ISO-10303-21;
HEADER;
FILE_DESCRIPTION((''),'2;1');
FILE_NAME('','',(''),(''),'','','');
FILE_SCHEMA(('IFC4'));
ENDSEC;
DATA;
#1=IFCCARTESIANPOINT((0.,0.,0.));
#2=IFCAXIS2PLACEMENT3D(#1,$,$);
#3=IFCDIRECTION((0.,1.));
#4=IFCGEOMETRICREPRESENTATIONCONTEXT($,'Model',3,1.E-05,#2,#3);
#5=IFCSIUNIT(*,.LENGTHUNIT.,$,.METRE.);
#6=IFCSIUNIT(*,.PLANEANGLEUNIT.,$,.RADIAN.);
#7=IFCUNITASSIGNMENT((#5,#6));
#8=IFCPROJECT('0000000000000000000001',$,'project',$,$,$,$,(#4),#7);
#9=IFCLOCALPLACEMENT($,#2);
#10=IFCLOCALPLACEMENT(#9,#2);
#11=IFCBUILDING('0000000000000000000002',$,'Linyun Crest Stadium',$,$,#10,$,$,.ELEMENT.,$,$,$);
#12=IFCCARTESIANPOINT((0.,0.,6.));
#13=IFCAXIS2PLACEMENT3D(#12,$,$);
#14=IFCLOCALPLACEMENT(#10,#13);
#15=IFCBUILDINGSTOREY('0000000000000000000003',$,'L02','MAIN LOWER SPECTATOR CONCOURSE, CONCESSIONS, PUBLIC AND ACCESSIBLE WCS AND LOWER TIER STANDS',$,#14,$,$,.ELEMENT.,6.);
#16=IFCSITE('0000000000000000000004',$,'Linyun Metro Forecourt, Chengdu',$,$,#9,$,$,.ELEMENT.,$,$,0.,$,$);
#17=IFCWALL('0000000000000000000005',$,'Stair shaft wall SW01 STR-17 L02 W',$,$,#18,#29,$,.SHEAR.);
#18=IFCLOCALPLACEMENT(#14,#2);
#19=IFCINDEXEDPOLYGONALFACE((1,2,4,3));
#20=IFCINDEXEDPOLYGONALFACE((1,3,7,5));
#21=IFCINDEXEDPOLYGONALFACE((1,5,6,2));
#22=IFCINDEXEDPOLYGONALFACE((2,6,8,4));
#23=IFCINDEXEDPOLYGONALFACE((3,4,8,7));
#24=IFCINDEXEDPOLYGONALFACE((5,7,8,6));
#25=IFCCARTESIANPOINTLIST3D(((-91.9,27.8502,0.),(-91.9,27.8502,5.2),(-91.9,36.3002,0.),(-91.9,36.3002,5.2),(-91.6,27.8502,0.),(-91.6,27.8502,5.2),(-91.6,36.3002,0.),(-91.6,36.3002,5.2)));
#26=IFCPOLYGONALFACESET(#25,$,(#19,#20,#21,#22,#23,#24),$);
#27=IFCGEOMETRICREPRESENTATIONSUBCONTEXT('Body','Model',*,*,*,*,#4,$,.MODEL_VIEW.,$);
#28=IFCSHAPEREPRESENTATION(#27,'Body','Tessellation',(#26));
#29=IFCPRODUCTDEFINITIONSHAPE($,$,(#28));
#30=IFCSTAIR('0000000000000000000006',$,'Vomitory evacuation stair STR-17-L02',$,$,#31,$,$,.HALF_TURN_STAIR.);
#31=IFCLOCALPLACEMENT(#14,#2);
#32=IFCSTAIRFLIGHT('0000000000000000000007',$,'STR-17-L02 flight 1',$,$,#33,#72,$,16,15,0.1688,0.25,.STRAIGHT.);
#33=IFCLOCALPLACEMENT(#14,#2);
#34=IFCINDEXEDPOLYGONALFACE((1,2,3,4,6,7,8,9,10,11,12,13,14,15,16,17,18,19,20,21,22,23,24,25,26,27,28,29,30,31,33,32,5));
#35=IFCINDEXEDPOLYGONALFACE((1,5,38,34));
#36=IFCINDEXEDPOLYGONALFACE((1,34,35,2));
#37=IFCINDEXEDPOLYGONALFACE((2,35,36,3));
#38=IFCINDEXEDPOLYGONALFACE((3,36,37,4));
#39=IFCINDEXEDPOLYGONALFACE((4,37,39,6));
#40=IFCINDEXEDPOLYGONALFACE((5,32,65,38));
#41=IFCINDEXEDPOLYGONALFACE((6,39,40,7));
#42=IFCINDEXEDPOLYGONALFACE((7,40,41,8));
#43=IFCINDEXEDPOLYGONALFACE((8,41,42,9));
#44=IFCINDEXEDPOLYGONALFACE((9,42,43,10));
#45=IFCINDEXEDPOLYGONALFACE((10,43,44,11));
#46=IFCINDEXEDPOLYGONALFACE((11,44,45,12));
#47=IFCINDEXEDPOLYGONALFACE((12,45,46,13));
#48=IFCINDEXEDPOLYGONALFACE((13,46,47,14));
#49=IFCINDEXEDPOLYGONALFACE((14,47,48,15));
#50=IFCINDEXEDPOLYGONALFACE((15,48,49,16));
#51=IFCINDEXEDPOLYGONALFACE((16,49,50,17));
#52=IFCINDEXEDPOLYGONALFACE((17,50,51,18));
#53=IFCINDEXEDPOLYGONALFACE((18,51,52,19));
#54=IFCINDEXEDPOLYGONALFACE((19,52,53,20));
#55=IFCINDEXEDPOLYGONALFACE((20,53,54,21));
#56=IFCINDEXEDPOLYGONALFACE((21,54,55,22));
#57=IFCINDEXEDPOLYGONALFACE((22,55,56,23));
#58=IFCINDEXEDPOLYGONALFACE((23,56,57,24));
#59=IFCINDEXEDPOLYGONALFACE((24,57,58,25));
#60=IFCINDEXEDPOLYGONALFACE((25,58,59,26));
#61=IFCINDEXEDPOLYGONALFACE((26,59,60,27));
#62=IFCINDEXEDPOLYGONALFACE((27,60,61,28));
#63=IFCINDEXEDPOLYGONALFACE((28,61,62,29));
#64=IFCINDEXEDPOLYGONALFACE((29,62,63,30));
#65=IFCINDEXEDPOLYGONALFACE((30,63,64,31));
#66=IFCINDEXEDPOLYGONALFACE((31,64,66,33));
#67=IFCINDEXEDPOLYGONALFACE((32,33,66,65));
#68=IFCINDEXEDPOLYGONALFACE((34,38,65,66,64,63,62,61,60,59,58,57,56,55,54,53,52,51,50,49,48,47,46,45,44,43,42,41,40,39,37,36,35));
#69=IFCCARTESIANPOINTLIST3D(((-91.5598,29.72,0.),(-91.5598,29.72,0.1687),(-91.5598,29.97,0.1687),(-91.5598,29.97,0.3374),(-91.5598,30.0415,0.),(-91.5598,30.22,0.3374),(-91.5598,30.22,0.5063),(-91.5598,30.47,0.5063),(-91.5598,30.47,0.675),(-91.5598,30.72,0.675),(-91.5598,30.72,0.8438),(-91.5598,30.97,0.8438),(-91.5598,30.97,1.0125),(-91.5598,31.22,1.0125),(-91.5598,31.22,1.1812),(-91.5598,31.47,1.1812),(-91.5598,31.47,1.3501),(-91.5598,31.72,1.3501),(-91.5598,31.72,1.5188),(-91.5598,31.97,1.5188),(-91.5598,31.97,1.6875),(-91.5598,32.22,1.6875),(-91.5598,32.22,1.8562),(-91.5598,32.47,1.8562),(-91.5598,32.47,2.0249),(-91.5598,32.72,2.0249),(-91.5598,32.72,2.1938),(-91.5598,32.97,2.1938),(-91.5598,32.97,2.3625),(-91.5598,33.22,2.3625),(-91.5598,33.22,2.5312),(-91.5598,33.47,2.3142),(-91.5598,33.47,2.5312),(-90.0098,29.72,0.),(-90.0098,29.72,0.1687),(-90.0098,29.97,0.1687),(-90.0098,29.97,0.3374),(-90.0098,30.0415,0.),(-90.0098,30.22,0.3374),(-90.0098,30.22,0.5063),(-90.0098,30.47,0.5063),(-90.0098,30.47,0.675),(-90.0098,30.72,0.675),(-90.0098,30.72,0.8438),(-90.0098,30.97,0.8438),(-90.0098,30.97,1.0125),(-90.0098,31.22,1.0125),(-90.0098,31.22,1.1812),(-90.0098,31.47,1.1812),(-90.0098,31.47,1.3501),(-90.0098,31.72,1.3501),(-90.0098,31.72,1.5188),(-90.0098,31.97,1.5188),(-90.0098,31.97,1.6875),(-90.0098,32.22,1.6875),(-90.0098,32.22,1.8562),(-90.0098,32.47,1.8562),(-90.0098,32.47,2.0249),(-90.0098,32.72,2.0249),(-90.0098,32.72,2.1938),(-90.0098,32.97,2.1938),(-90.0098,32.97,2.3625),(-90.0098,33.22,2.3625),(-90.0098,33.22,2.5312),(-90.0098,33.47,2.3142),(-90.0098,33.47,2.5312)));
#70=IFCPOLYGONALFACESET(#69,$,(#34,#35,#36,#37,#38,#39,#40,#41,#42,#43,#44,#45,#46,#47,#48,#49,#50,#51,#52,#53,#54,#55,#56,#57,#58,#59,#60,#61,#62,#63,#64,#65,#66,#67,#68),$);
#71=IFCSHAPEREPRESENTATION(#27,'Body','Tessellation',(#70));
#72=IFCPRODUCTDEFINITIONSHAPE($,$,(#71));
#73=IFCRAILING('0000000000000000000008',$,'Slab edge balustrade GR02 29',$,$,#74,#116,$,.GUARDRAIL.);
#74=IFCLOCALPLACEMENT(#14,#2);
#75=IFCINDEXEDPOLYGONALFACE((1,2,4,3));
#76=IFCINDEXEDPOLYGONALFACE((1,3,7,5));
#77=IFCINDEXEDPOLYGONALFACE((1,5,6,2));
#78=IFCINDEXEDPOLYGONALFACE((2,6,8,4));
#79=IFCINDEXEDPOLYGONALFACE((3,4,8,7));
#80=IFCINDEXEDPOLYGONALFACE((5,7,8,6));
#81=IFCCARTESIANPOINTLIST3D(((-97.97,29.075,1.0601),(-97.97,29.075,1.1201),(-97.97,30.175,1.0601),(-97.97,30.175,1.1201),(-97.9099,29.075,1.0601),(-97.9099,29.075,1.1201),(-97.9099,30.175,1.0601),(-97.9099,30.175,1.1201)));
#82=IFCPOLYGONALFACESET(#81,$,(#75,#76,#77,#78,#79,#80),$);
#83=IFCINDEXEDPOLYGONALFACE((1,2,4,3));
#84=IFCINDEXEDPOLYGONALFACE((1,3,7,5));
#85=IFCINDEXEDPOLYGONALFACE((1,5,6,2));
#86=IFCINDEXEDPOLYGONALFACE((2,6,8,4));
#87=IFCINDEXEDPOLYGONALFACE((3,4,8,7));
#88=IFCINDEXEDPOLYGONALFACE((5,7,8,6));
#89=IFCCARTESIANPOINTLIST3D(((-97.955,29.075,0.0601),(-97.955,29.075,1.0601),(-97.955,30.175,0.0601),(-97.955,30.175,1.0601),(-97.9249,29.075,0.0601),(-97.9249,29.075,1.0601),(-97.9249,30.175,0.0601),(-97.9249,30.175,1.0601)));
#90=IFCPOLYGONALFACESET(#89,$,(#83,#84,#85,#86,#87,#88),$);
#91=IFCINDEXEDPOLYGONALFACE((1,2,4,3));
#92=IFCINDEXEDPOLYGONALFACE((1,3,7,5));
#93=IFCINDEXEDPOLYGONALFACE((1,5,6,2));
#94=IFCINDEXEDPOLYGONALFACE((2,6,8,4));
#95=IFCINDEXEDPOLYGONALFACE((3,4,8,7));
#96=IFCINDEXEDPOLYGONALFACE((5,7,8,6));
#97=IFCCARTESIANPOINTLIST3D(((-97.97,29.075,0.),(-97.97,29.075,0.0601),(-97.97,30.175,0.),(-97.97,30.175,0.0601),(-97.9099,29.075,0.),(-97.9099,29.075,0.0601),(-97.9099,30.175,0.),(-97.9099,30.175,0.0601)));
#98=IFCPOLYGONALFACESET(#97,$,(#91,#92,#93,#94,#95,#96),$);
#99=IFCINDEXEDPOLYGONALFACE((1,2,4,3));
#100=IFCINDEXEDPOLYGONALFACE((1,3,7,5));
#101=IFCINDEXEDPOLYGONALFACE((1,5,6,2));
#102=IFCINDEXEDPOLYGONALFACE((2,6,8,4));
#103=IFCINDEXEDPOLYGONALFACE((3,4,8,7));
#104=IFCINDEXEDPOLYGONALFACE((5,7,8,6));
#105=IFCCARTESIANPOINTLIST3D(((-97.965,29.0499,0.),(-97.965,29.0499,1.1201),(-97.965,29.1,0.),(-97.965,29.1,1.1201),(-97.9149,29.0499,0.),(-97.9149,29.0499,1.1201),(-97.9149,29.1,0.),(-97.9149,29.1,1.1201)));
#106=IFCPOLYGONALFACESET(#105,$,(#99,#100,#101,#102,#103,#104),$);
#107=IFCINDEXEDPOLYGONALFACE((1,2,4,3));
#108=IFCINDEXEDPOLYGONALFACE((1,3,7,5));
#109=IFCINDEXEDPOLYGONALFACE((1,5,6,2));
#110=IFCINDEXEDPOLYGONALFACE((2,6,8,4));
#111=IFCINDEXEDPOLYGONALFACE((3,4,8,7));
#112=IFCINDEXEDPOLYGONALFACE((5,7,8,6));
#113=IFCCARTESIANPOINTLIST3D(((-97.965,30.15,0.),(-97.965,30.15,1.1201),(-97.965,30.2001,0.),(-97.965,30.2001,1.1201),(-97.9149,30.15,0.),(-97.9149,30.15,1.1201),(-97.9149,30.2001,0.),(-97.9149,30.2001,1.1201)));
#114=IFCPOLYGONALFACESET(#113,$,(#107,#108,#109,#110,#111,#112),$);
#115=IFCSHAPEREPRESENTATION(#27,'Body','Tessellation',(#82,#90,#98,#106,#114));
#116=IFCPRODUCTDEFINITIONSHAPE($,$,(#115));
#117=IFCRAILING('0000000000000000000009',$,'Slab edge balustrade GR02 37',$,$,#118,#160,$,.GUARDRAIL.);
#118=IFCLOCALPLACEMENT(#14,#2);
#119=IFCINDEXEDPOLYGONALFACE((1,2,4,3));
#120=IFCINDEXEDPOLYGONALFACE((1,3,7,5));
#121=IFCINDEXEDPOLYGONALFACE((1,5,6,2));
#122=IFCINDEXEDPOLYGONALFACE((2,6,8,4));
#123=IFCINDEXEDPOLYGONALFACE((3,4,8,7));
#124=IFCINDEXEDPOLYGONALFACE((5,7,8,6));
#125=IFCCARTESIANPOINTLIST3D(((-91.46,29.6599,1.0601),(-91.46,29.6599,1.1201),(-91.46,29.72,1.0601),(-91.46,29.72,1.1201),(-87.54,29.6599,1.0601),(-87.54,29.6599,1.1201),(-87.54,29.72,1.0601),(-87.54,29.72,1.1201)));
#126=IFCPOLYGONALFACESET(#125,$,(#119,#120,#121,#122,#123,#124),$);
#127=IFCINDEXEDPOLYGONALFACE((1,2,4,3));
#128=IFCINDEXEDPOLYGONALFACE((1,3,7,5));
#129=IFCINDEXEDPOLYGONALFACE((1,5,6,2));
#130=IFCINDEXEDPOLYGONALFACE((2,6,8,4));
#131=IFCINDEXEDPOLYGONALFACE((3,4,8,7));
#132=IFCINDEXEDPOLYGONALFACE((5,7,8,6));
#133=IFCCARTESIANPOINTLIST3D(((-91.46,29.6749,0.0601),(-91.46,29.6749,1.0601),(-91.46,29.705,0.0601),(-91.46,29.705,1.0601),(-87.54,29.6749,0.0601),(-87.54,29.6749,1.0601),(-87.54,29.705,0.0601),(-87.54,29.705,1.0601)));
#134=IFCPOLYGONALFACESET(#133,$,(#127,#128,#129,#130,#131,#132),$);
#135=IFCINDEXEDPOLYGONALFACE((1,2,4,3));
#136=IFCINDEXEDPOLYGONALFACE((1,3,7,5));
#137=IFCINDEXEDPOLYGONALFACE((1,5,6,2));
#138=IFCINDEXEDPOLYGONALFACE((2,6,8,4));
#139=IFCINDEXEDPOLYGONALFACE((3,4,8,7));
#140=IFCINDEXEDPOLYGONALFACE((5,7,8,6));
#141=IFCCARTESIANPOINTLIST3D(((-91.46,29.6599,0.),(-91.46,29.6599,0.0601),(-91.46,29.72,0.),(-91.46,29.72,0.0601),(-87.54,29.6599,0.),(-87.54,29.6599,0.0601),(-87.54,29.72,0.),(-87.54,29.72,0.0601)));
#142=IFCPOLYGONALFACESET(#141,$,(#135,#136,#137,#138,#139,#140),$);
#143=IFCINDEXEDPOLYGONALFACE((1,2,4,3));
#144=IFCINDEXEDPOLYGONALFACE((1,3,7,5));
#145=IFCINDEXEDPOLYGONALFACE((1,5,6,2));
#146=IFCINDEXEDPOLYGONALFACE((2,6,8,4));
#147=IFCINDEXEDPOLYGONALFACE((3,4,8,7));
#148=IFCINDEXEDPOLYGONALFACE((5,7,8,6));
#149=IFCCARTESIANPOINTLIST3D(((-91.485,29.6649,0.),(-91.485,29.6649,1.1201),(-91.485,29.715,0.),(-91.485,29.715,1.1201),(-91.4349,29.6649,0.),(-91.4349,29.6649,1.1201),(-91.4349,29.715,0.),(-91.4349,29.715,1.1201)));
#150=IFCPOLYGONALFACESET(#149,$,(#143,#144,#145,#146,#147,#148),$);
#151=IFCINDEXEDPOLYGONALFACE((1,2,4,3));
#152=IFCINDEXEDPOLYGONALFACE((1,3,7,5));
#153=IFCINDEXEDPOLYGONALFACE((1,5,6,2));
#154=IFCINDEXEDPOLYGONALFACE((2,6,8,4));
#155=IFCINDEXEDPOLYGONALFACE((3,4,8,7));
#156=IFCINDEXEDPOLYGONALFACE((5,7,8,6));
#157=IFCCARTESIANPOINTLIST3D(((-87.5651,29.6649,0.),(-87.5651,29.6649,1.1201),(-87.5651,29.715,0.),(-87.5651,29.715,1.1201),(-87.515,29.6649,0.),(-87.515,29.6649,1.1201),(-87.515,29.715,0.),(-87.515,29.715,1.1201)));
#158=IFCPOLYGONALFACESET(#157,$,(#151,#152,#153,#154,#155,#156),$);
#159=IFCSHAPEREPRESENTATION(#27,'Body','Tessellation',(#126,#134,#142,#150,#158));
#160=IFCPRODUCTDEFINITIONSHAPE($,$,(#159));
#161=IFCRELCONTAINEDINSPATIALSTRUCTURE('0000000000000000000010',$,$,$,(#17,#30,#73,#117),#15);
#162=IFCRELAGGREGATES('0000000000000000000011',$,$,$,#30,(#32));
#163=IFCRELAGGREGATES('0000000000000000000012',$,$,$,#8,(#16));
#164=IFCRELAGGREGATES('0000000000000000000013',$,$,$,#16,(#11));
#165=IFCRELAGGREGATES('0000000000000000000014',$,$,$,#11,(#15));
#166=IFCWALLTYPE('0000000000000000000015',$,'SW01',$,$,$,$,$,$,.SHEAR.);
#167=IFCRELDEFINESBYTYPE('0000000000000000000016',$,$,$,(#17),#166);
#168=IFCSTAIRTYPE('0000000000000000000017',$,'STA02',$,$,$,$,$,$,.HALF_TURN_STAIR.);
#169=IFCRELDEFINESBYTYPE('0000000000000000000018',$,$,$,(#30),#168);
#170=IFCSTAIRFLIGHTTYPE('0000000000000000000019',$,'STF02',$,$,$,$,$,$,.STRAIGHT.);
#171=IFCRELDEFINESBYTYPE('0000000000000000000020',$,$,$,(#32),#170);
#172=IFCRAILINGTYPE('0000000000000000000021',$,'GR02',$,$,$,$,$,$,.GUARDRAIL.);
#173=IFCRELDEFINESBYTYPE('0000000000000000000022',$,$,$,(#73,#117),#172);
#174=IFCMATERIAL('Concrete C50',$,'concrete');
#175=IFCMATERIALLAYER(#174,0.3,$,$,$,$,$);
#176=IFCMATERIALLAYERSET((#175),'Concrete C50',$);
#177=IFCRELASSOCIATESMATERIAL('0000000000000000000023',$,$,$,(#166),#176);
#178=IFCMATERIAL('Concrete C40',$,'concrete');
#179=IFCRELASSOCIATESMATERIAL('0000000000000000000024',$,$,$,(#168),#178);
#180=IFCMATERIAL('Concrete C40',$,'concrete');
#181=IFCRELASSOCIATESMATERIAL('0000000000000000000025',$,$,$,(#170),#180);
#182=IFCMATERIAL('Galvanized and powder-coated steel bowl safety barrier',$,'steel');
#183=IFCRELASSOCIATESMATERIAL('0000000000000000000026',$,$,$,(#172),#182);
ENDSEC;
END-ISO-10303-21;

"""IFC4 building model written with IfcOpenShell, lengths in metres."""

from ifc_helpers import new_model, si_unit, direction, frame, frame_2d, origin, origin_2d, place, context, subcontext, project, spatial, polyline, rectangle, outline, extrude, material, layer, layer_set, type_object, element, aggregate, save


model = new_model("IFC4")

# Units and contexts
model_context = context("Model", 3, precision=1e-05, world=origin(), true_north=direction((0.0, 1.0)))
body_context = subcontext(model_context, "Body", "Model", "MODEL_VIEW")
ifc_project = project(units=[si_unit("LENGTHUNIT", "METRE"), si_unit("PLANEANGLEUNIT", "RADIAN")], contexts=[model_context])

# Site, building, storey
site_placement = place(None, origin())
site = spatial("IfcSite", under=ifc_project, at=site_placement, Name="Linyun Metro Forecourt, Chengdu", CompositionType="ELEMENT", RefElevation=0.0)
building_placement = place(site_placement, origin())
building = spatial("IfcBuilding", under=site, at=building_placement, Name="Linyun Crest Stadium", CompositionType="ELEMENT")
storey_placement = place(building_placement, frame((0.0, 0.0, 6.0)))
storey = spatial("IfcBuildingStorey", under=building, at=storey_placement, Name="L02", Description="MAIN LOWER SPECTATOR CONCOURSE, CONCESSIONS, PUBLIC AND ACCESSIBLE WCS AND LOWER TIER STANDS", CompositionType="ELEMENT", Elevation=6.0)

# Shared definitions
ifc_material_1 = material(Name="Concrete C50", Category="concrete")
ifc_layer_1 = layer(ifc_material_1, 0.3)
ifc_layer_set_1 = layer_set([ifc_layer_1], Name="Concrete C50")
wall_type = type_object("IfcWallType", Name="SW01", PredefinedType="SHEAR", material=ifc_layer_set_1)

# Wall
wall_1_placement = place(storey_placement, frame((-91.75, 27.8501, 0.0), z_axis=(0.0, 0.0, 1.0), x_axis=(0.0, 1.0, 0.0)))
element("IfcWall", 1, at=wall_1_placement, inside=storey, type_object=wall_type, Name="Stair shaft wall SW01 STR-17 L02 W", PredefinedType="SHEAR", context=body_context, shape_type="SweptSolid", body=[
    extrude(rectangle(XDim=8.45, YDim=0.3, at=frame_2d((4.2251, 0.0))), origin(), (0.0, 0.0, 1.0), 5.2),
])

# Stair, stair flight
ifc_material_2 = material(Name="Concrete C40", Category="concrete")
stair_type = type_object("IfcStairType", Name="STA02", PredefinedType="HALF_TURN_STAIR", material=ifc_material_2)
stair_placement = place(storey_placement, origin())
stair = element("IfcStair", 2, at=stair_placement, inside=storey, type_object=stair_type, Name="Vomitory evacuation stair STR-17-L02", PredefinedType="HALF_TURN_STAIR")
ifc_material_3 = material(Name="Concrete C40", Category="concrete")
stair_flight_type = type_object("IfcStairFlightType", Name="STF02", PredefinedType="STRAIGHT", material=ifc_material_3)
stair_flight_placement = place(storey_placement, frame((-90.7849, 29.72, 0.0), z_axis=(0.0, 0.0, 1.0), x_axis=(0.0, 1.0, 0.0)))
stair_flight = element("IfcStairFlight", 3, at=stair_flight_placement, type_object=stair_flight_type, Name="STR-17-L02 flight 1", NumberOfRisers=16, NumberOfTreads=15, PredefinedType="STRAIGHT", RiserHeight=0.1688, TreadLength=0.25, context=body_context, shape_type="SweptSolid", body=[
    extrude(outline(polyline([(0.0, 0.0), (0.0, 0.1687), (0.25, 0.1687), (0.25, 0.3374), (0.5, 0.3374), (0.5, 0.5063), (0.75, 0.5063), (0.75, 0.675), (1.0, 0.675), (1.0, 0.8438), (1.25, 0.8438), (1.25, 1.0125), (1.5, 1.0125), (1.5, 1.1812), (1.75, 1.1812), (1.75, 1.3501), (2.0, 1.3501), (2.0, 1.5188), (2.25, 1.5188), (2.25, 1.6875), (2.5, 1.6875), (2.5, 1.8562), (2.75, 1.8562), (2.75, 2.0249), (3.0, 2.0249), (3.0, 2.1938), (3.25, 2.1938), (3.25, 2.3625), (3.5, 2.3625), (3.5, 2.5312), (3.75, 2.5312), (3.75, 2.7), (3.75, 2.3142), (0.3215, 0.0), (0.0, 0.0)])), frame((0.0, 0.7749, 0.0), z_axis=(0.0, -1.0, 0.0), x_axis=(1.0, 0.0, 0.0)), (0.0, 0.0, 1.0), 1.55),
])
aggregate(stair, [stair_flight])

# Railings
ifc_material_4 = material(Name="Galvanized and powder-coated steel bowl safety barrier", Category="steel")
railing_type_1 = type_object("IfcRailingType", Name="GR02", PredefinedType="GUARDRAIL", material=ifc_material_4)
railing_1_placement = place(storey_placement, frame((-97.9399, 29.075, 0.0)))
element("IfcRailing", 4, at=railing_1_placement, inside=storey, type_object=railing_type_1, Name="Slab edge balustrade GR02 29", PredefinedType="GUARDRAIL", context=body_context, shape_type="SweptSolid", body=[
    extrude(rectangle(XDim=0.0601, YDim=0.0601, at=origin_2d()), frame((0.0, 0.0, 1.0901), z_axis=(0.0, 1.0, 0.0), x_axis=(-1.0, 0.0, 0.0)), (0.0, 0.0, 1.0), 1.1001),
    extrude(rectangle(XDim=0.03, YDim=1.0, at=origin_2d()), frame((0.0, 0.0, 0.5601), z_axis=(0.0, 1.0, 0.0), x_axis=(-1.0, 0.0, 0.0)), (0.0, 0.0, 1.0), 1.1001),
    extrude(rectangle(XDim=0.0601, YDim=0.0601, at=origin_2d()), frame((0.0, 0.0, 0.03), z_axis=(0.0, 1.0, 0.0), x_axis=(-1.0, 0.0, 0.0)), (0.0, 0.0, 1.0), 1.1001),
    extrude(rectangle(XDim=0.05, YDim=0.05, at=origin_2d()), origin(), (0.0, 0.0, 1.0), 1.1201),
    extrude(rectangle(XDim=0.05, YDim=0.05, at=origin_2d()), frame((0.0, 1.1001, 0.0)), (0.0, 0.0, 1.0), 1.1201),
])
railing_2_placement = place(storey_placement, frame((-91.46, 29.6899, 0.0)))
element("IfcRailing", 5, at=railing_2_placement, inside=storey, type_object=railing_type_1, Name="Slab edge balustrade GR02 37", PredefinedType="GUARDRAIL", context=body_context, shape_type="SweptSolid", body=[
    extrude(rectangle(XDim=0.0601, YDim=0.0601, at=origin_2d()), frame((0.0, 0.0, 1.0901), z_axis=(1.0, 0.0, 0.0), x_axis=(0.0, 1.0, 0.0)), (0.0, 0.0, 1.0), 3.9199),
    extrude(rectangle(XDim=0.03, YDim=1.0, at=origin_2d()), frame((0.0, 0.0, 0.5601), z_axis=(1.0, 0.0, 0.0), x_axis=(0.0, 1.0, 0.0)), (0.0, 0.0, 1.0), 3.9199),
    extrude(rectangle(XDim=0.0601, YDim=0.0601, at=origin_2d()), frame((0.0, 0.0, 0.03), z_axis=(1.0, 0.0, 0.0), x_axis=(0.0, 1.0, 0.0)), (0.0, 0.0, 1.0), 3.9199),
    extrude(rectangle(XDim=0.05, YDim=0.05, at=origin_2d()), origin(), (0.0, 0.0, 1.0), 1.1201),
    extrude(rectangle(XDim=0.05, YDim=0.05, at=origin_2d()), frame((3.9199, 0.0, 0.0)), (0.0, 0.0, 1.0), 1.1201),
])

save(model, "model.ifc")
